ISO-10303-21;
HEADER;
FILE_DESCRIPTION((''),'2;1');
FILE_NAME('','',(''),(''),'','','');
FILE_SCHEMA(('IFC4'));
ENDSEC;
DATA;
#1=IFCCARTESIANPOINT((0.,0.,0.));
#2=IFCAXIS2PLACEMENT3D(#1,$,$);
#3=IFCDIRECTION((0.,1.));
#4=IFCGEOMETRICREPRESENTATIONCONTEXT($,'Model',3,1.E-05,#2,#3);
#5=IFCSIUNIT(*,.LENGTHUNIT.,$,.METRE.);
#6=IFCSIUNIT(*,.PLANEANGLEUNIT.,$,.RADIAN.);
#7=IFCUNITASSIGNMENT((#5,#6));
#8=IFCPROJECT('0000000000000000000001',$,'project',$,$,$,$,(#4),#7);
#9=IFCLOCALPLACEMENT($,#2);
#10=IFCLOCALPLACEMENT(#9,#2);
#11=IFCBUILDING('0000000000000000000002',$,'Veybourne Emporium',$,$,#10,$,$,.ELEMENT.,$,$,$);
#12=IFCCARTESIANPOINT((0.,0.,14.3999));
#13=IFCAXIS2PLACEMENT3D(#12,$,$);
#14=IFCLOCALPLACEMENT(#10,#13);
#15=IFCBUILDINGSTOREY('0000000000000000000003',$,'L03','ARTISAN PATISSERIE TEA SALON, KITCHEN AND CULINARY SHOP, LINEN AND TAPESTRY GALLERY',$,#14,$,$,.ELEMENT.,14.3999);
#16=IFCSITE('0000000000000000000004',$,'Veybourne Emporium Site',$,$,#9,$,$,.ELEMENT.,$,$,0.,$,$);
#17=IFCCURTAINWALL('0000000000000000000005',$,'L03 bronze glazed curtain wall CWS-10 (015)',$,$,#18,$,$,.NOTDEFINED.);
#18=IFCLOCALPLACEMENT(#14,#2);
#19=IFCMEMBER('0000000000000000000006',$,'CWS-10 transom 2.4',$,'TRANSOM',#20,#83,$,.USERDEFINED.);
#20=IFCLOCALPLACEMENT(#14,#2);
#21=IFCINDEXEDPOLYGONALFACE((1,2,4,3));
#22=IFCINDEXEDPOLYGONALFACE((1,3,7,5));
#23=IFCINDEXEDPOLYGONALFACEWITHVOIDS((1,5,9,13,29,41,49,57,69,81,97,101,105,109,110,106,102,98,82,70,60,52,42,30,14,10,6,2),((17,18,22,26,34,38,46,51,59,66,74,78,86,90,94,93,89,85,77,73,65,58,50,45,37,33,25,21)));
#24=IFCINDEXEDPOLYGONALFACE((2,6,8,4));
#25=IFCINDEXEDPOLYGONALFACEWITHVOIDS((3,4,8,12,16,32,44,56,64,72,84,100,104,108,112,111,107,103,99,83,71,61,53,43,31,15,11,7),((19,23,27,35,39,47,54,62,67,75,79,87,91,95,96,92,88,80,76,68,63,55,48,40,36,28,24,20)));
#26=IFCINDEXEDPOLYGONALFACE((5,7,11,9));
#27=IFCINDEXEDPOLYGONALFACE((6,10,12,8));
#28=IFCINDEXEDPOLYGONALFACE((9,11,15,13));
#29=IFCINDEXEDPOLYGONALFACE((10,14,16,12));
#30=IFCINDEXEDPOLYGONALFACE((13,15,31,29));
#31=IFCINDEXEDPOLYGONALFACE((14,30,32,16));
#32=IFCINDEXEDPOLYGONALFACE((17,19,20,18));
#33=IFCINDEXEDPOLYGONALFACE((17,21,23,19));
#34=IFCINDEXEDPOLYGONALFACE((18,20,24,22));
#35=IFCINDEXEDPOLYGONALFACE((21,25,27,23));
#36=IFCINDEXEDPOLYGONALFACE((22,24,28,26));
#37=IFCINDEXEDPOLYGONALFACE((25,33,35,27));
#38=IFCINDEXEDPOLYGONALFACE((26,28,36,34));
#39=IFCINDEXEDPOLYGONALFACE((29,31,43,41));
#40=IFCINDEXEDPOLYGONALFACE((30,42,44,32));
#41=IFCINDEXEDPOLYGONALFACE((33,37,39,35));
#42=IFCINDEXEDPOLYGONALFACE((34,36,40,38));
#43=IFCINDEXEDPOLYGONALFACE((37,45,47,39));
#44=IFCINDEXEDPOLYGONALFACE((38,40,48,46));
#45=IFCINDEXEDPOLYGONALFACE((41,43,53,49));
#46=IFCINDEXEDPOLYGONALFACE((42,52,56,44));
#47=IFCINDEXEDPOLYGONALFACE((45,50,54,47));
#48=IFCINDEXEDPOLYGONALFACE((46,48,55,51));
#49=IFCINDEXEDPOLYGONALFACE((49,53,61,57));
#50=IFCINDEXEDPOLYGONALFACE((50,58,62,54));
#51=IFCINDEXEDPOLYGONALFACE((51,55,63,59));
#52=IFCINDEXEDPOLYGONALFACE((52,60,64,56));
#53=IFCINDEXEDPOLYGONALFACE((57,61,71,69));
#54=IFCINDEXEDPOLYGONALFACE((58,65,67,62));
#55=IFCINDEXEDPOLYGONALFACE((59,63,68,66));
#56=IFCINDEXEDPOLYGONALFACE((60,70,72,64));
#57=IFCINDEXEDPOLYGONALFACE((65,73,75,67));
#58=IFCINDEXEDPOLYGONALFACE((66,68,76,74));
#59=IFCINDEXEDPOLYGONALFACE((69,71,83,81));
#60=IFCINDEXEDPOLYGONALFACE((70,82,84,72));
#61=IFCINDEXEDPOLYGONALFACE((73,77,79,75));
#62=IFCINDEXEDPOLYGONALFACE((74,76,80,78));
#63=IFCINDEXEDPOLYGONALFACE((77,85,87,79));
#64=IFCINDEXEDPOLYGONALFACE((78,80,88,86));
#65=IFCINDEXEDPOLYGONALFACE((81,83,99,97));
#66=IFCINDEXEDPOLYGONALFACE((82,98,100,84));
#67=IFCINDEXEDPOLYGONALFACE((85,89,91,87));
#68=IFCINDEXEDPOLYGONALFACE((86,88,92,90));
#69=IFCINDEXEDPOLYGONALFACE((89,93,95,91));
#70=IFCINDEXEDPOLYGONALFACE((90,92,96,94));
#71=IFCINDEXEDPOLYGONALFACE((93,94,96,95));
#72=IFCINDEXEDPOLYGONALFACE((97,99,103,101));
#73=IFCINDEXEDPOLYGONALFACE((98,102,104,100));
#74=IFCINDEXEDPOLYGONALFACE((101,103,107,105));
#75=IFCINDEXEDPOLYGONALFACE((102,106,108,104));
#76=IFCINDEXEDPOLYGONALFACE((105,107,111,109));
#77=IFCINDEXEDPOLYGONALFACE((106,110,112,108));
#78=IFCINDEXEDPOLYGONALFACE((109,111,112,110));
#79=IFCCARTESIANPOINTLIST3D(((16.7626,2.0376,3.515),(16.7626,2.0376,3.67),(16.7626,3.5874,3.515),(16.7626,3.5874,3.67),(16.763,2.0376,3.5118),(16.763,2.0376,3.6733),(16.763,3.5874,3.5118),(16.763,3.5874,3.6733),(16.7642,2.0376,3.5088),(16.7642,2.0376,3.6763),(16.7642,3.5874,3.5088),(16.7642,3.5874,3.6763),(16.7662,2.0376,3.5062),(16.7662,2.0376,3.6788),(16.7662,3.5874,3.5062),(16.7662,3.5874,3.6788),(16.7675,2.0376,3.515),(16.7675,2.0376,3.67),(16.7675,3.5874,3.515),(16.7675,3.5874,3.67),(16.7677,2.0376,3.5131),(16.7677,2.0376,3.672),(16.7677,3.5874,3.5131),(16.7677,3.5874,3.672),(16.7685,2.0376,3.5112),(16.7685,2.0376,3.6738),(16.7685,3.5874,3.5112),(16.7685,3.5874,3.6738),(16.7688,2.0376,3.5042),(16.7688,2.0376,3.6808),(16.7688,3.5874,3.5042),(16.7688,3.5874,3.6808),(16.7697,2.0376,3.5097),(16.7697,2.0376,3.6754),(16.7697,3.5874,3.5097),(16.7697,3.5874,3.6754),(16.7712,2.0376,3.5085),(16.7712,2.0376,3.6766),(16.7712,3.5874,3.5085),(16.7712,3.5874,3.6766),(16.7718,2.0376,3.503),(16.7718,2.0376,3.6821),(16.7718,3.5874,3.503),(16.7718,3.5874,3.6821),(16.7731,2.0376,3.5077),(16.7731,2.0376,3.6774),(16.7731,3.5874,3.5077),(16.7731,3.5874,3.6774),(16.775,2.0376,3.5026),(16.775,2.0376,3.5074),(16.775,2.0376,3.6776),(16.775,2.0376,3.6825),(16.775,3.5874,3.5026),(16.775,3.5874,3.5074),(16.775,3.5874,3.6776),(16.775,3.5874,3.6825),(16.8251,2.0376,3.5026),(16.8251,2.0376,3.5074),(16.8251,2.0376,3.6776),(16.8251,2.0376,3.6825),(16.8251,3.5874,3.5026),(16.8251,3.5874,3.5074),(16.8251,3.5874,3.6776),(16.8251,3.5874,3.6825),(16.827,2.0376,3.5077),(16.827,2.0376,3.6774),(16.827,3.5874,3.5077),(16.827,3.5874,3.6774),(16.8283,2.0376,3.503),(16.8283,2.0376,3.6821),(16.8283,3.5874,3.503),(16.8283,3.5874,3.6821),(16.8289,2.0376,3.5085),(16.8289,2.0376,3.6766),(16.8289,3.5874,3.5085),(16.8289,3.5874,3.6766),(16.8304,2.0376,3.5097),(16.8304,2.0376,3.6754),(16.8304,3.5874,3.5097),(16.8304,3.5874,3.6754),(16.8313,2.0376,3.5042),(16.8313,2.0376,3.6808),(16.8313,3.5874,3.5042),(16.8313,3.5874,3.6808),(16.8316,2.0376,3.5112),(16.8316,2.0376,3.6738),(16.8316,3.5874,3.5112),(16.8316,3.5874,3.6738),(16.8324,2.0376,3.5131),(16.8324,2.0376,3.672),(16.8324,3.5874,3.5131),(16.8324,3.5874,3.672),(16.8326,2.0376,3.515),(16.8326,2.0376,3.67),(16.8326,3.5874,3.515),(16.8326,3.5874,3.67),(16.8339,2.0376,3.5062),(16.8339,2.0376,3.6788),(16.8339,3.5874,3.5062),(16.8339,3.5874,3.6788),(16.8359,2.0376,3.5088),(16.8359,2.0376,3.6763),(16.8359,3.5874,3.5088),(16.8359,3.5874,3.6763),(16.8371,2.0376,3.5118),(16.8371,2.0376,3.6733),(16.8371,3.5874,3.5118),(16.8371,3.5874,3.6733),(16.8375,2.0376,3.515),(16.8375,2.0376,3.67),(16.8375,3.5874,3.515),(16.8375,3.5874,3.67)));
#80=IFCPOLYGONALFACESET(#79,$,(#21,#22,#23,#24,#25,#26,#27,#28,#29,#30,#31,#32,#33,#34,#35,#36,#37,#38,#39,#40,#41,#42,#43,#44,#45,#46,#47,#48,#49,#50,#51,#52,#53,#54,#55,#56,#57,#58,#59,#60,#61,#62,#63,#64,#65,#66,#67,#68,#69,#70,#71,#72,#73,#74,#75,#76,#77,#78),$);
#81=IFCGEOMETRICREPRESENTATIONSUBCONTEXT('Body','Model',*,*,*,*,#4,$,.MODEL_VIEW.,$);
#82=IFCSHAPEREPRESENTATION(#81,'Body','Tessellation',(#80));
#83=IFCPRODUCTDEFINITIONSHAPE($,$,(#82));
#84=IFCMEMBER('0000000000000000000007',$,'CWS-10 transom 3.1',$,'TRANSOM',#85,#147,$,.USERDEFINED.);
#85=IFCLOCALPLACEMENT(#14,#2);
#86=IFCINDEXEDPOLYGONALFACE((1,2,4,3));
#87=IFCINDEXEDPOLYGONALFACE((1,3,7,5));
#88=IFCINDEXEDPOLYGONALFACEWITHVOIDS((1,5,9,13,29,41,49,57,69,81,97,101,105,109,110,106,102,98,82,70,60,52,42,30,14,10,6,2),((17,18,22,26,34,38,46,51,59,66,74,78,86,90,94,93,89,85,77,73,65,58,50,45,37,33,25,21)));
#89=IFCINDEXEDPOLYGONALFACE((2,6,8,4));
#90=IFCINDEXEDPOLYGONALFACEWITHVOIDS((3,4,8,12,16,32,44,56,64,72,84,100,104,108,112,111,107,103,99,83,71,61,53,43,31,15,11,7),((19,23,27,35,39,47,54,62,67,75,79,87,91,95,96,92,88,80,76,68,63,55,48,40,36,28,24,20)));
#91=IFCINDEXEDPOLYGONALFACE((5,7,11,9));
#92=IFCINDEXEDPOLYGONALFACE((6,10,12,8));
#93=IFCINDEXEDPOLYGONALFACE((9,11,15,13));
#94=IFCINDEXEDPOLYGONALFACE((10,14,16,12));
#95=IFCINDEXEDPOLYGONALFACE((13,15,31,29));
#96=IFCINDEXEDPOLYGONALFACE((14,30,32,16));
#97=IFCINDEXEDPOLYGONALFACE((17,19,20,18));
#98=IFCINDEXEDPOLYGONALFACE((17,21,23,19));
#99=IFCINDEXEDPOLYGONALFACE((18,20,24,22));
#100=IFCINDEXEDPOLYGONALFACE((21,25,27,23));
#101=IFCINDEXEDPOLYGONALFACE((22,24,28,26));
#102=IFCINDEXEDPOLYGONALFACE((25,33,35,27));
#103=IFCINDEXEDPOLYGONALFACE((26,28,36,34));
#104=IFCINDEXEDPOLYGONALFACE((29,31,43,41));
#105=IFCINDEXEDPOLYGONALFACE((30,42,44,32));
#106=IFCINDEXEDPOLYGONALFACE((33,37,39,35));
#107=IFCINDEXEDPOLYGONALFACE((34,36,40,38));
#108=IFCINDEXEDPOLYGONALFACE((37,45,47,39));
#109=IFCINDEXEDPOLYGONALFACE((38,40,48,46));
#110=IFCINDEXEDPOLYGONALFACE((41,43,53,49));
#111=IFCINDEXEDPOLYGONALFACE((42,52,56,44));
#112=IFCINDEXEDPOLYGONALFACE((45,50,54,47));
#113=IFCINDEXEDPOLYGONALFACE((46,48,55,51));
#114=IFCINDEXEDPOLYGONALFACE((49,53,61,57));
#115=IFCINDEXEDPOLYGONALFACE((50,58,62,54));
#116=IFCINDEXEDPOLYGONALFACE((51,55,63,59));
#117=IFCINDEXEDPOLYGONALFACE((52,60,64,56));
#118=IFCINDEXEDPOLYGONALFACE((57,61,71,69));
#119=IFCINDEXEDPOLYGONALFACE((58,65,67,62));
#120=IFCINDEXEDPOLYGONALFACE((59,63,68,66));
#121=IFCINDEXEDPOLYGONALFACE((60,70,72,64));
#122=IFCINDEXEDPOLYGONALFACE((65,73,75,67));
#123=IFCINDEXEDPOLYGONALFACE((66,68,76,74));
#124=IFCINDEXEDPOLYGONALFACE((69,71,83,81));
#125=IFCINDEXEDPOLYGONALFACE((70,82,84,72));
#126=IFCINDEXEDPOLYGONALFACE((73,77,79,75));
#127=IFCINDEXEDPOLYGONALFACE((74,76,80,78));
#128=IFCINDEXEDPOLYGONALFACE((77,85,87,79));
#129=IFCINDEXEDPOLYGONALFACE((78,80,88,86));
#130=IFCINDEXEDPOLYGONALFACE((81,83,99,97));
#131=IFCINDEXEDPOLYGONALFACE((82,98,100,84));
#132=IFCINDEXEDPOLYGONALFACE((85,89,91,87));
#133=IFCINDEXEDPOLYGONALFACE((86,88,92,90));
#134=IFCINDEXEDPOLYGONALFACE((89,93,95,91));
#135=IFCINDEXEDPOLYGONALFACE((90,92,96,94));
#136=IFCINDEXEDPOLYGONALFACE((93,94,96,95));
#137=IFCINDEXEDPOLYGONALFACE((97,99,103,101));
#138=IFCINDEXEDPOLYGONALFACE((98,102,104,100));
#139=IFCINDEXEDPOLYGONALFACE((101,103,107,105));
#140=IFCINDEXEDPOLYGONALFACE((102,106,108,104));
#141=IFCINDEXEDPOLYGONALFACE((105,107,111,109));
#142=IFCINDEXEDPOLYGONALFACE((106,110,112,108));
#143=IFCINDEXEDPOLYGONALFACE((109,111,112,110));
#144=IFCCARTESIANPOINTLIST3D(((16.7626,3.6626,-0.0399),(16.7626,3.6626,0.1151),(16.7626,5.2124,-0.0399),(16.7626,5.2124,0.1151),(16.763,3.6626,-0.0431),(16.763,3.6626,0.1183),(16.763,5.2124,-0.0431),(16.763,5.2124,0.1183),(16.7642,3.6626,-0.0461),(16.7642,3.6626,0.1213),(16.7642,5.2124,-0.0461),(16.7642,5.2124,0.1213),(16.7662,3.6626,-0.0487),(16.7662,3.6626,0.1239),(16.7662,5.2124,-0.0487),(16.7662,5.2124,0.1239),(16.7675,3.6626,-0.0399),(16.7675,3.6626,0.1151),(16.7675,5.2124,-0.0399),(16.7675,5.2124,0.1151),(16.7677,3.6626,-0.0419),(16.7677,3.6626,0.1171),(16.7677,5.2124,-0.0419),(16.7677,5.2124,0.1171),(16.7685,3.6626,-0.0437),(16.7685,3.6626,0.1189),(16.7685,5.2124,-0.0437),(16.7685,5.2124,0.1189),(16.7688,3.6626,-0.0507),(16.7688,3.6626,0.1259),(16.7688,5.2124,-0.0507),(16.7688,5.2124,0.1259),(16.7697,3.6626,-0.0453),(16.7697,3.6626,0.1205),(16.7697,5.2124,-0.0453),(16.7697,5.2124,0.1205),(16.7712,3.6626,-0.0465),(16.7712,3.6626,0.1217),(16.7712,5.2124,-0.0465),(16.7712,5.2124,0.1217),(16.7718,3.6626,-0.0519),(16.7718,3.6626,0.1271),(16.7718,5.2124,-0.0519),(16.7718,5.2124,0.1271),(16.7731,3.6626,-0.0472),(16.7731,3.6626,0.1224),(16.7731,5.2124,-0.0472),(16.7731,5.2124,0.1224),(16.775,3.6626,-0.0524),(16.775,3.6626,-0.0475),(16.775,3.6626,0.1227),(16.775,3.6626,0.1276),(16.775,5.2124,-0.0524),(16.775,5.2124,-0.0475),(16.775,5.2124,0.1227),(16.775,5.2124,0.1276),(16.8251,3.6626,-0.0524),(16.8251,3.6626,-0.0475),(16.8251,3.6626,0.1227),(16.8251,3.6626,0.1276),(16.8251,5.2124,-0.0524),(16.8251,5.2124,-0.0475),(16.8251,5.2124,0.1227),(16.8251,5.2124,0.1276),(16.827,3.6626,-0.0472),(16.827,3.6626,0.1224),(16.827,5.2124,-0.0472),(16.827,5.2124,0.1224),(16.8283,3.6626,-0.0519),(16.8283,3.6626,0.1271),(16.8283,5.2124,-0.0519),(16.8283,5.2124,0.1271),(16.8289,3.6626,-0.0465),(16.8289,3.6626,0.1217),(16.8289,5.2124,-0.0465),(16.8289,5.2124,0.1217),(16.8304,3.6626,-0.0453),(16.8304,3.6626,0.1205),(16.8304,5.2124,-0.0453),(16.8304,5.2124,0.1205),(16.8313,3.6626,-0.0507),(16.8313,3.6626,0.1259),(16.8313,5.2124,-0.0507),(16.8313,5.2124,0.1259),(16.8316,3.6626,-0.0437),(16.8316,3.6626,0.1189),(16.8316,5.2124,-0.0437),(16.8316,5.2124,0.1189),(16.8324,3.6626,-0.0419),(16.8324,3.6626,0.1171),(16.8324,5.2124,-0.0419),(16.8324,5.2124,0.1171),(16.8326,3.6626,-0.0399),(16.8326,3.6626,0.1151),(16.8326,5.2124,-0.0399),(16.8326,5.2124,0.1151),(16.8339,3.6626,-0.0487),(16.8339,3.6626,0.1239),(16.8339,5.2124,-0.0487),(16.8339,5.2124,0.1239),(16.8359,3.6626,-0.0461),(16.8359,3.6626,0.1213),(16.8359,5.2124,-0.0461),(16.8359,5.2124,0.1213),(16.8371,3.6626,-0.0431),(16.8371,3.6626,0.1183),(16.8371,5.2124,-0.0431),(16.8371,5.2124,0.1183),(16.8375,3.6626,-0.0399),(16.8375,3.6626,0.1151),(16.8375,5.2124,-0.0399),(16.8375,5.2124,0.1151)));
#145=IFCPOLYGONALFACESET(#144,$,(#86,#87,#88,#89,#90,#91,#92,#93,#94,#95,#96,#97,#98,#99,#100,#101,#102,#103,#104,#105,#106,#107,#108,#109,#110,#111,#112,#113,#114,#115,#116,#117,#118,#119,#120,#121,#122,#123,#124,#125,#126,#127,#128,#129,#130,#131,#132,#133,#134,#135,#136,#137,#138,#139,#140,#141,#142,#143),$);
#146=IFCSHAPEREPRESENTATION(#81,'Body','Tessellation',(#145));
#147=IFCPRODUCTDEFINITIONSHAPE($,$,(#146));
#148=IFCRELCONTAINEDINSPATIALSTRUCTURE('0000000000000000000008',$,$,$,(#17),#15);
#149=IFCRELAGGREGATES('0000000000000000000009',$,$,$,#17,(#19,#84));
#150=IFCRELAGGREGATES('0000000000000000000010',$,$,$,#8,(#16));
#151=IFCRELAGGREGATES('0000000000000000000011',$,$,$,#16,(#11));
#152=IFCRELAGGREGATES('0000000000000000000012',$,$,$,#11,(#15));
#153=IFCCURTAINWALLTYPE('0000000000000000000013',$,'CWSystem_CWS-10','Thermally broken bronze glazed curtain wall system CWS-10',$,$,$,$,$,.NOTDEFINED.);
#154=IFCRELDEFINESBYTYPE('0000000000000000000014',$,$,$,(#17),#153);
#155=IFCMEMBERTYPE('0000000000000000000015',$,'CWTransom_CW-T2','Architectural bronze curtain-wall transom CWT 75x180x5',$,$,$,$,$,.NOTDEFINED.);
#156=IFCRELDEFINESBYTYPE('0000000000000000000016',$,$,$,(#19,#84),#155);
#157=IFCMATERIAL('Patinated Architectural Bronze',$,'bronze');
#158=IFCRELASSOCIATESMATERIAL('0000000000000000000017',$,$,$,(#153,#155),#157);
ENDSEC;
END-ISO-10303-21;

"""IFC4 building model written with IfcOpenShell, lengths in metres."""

from ifc_helpers import new_model, si_unit, direction, frame, origin, origin_2d, place, context, subcontext, project, spatial, hollow_rectangle, extrude, material, material_profile, profile_set, type_object, element, aggregate, save


model = new_model("IFC4")

# Units and contexts
model_context = context("Model", 3, precision=1e-05, world=origin(), true_north=direction((0.0, 1.0)))
body_context = subcontext(model_context, "Body", "Model", "MODEL_VIEW")
ifc_project = project(units=[si_unit("LENGTHUNIT", "METRE"), si_unit("PLANEANGLEUNIT", "RADIAN")], contexts=[model_context])

# Site, building, storey
site_placement = place(None, origin())
site = spatial("IfcSite", under=ifc_project, at=site_placement, Name="Veybourne Emporium Site", CompositionType="ELEMENT", RefElevation=0.0)
building_placement = place(site_placement, origin())
building = spatial("IfcBuilding", under=site, at=building_placement, Name="Veybourne Emporium", CompositionType="ELEMENT")
storey_placement = place(building_placement, frame((0.0, 0.0, 14.3999)))
storey = spatial("IfcBuildingStorey", under=building, at=storey_placement, Name="L03", Description="ARTISAN PATISSERIE TEA SALON, KITCHEN AND CULINARY SHOP, LINEN AND TAPESTRY GALLERY", CompositionType="ELEMENT", Elevation=14.3999)

# Curtain wall
ifc_material_1 = material(Name="Patinated Architectural Bronze", Category="bronze")
curtain_wall_type_1 = type_object("IfcCurtainWallType", Name="CWSystem_CWS-10", Description="Thermally broken bronze glazed curtain wall system CWS-10", PredefinedType="NOTDEFINED", material=ifc_material_1)
curtain_wall_1_placement = place(storey_placement, origin())
curtain_wall_1 = element("IfcCurtainWall", 1, at=curtain_wall_1_placement, inside=storey, type_object=curtain_wall_type_1, Name="L03 bronze glazed curtain wall CWS-10 (015)", PredefinedType="NOTDEFINED")

# Members
ifc_material_profile_1 = material_profile(ifc_material_1, hollow_rectangle(XDim=0.075, YDim=0.1799, WallThickness=0.0049, InnerFilletRadius=0.0076, OuterFilletRadius=0.0125, at=origin_2d()), Name="CWT 75x180x5")
ifc_profile_set_1 = profile_set([ifc_material_profile_1], Name="Patinated Architectural Bronze")
member_type_1 = type_object("IfcMemberType", Name="CWTransom_CW-T2", Description="Architectural bronze curtain-wall transom CWT 75x180x5", PredefinedType="NOTDEFINED", material=ifc_profile_set_1)
member_1_placement = place(storey_placement, frame((16.8, 2.0376, 3.5925), z_axis=(0.0, 1.0, 0.0), x_axis=(-1.0, 0.0, 0.0)))
member_1 = element("IfcMember", 2, at=member_1_placement, type_object=member_type_1, Name="CWS-10 transom 2.4", ObjectType="TRANSOM", PredefinedType="USERDEFINED", context=body_context, shape_type="SweptSolid", body=[
    extrude(hollow_rectangle(XDim=0.075, YDim=0.1799, WallThickness=0.0049, InnerFilletRadius=0.0076, OuterFilletRadius=0.0125, at=origin_2d()), origin(), (0.0, 0.0, 1.0), 1.5498),
])
member_2_placement = place(storey_placement, frame((16.8, 3.6626, 0.0376), z_axis=(0.0, 1.0, 0.0), x_axis=(-1.0, 0.0, 0.0)))
member_2 = element("IfcMember", 3, at=member_2_placement, type_object=member_type_1, Name="CWS-10 transom 3.1", ObjectType="TRANSOM", PredefinedType="USERDEFINED", context=body_context, shape_type="SweptSolid", body=[
    extrude(hollow_rectangle(XDim=0.075, YDim=0.1799, WallThickness=0.0049, InnerFilletRadius=0.0076, OuterFilletRadius=0.0125, at=origin_2d()), origin(), (0.0, 0.0, 1.0), 1.5498),
])

aggregate(curtain_wall_1, [member_1, member_2])

save(model, "model.ifc")
